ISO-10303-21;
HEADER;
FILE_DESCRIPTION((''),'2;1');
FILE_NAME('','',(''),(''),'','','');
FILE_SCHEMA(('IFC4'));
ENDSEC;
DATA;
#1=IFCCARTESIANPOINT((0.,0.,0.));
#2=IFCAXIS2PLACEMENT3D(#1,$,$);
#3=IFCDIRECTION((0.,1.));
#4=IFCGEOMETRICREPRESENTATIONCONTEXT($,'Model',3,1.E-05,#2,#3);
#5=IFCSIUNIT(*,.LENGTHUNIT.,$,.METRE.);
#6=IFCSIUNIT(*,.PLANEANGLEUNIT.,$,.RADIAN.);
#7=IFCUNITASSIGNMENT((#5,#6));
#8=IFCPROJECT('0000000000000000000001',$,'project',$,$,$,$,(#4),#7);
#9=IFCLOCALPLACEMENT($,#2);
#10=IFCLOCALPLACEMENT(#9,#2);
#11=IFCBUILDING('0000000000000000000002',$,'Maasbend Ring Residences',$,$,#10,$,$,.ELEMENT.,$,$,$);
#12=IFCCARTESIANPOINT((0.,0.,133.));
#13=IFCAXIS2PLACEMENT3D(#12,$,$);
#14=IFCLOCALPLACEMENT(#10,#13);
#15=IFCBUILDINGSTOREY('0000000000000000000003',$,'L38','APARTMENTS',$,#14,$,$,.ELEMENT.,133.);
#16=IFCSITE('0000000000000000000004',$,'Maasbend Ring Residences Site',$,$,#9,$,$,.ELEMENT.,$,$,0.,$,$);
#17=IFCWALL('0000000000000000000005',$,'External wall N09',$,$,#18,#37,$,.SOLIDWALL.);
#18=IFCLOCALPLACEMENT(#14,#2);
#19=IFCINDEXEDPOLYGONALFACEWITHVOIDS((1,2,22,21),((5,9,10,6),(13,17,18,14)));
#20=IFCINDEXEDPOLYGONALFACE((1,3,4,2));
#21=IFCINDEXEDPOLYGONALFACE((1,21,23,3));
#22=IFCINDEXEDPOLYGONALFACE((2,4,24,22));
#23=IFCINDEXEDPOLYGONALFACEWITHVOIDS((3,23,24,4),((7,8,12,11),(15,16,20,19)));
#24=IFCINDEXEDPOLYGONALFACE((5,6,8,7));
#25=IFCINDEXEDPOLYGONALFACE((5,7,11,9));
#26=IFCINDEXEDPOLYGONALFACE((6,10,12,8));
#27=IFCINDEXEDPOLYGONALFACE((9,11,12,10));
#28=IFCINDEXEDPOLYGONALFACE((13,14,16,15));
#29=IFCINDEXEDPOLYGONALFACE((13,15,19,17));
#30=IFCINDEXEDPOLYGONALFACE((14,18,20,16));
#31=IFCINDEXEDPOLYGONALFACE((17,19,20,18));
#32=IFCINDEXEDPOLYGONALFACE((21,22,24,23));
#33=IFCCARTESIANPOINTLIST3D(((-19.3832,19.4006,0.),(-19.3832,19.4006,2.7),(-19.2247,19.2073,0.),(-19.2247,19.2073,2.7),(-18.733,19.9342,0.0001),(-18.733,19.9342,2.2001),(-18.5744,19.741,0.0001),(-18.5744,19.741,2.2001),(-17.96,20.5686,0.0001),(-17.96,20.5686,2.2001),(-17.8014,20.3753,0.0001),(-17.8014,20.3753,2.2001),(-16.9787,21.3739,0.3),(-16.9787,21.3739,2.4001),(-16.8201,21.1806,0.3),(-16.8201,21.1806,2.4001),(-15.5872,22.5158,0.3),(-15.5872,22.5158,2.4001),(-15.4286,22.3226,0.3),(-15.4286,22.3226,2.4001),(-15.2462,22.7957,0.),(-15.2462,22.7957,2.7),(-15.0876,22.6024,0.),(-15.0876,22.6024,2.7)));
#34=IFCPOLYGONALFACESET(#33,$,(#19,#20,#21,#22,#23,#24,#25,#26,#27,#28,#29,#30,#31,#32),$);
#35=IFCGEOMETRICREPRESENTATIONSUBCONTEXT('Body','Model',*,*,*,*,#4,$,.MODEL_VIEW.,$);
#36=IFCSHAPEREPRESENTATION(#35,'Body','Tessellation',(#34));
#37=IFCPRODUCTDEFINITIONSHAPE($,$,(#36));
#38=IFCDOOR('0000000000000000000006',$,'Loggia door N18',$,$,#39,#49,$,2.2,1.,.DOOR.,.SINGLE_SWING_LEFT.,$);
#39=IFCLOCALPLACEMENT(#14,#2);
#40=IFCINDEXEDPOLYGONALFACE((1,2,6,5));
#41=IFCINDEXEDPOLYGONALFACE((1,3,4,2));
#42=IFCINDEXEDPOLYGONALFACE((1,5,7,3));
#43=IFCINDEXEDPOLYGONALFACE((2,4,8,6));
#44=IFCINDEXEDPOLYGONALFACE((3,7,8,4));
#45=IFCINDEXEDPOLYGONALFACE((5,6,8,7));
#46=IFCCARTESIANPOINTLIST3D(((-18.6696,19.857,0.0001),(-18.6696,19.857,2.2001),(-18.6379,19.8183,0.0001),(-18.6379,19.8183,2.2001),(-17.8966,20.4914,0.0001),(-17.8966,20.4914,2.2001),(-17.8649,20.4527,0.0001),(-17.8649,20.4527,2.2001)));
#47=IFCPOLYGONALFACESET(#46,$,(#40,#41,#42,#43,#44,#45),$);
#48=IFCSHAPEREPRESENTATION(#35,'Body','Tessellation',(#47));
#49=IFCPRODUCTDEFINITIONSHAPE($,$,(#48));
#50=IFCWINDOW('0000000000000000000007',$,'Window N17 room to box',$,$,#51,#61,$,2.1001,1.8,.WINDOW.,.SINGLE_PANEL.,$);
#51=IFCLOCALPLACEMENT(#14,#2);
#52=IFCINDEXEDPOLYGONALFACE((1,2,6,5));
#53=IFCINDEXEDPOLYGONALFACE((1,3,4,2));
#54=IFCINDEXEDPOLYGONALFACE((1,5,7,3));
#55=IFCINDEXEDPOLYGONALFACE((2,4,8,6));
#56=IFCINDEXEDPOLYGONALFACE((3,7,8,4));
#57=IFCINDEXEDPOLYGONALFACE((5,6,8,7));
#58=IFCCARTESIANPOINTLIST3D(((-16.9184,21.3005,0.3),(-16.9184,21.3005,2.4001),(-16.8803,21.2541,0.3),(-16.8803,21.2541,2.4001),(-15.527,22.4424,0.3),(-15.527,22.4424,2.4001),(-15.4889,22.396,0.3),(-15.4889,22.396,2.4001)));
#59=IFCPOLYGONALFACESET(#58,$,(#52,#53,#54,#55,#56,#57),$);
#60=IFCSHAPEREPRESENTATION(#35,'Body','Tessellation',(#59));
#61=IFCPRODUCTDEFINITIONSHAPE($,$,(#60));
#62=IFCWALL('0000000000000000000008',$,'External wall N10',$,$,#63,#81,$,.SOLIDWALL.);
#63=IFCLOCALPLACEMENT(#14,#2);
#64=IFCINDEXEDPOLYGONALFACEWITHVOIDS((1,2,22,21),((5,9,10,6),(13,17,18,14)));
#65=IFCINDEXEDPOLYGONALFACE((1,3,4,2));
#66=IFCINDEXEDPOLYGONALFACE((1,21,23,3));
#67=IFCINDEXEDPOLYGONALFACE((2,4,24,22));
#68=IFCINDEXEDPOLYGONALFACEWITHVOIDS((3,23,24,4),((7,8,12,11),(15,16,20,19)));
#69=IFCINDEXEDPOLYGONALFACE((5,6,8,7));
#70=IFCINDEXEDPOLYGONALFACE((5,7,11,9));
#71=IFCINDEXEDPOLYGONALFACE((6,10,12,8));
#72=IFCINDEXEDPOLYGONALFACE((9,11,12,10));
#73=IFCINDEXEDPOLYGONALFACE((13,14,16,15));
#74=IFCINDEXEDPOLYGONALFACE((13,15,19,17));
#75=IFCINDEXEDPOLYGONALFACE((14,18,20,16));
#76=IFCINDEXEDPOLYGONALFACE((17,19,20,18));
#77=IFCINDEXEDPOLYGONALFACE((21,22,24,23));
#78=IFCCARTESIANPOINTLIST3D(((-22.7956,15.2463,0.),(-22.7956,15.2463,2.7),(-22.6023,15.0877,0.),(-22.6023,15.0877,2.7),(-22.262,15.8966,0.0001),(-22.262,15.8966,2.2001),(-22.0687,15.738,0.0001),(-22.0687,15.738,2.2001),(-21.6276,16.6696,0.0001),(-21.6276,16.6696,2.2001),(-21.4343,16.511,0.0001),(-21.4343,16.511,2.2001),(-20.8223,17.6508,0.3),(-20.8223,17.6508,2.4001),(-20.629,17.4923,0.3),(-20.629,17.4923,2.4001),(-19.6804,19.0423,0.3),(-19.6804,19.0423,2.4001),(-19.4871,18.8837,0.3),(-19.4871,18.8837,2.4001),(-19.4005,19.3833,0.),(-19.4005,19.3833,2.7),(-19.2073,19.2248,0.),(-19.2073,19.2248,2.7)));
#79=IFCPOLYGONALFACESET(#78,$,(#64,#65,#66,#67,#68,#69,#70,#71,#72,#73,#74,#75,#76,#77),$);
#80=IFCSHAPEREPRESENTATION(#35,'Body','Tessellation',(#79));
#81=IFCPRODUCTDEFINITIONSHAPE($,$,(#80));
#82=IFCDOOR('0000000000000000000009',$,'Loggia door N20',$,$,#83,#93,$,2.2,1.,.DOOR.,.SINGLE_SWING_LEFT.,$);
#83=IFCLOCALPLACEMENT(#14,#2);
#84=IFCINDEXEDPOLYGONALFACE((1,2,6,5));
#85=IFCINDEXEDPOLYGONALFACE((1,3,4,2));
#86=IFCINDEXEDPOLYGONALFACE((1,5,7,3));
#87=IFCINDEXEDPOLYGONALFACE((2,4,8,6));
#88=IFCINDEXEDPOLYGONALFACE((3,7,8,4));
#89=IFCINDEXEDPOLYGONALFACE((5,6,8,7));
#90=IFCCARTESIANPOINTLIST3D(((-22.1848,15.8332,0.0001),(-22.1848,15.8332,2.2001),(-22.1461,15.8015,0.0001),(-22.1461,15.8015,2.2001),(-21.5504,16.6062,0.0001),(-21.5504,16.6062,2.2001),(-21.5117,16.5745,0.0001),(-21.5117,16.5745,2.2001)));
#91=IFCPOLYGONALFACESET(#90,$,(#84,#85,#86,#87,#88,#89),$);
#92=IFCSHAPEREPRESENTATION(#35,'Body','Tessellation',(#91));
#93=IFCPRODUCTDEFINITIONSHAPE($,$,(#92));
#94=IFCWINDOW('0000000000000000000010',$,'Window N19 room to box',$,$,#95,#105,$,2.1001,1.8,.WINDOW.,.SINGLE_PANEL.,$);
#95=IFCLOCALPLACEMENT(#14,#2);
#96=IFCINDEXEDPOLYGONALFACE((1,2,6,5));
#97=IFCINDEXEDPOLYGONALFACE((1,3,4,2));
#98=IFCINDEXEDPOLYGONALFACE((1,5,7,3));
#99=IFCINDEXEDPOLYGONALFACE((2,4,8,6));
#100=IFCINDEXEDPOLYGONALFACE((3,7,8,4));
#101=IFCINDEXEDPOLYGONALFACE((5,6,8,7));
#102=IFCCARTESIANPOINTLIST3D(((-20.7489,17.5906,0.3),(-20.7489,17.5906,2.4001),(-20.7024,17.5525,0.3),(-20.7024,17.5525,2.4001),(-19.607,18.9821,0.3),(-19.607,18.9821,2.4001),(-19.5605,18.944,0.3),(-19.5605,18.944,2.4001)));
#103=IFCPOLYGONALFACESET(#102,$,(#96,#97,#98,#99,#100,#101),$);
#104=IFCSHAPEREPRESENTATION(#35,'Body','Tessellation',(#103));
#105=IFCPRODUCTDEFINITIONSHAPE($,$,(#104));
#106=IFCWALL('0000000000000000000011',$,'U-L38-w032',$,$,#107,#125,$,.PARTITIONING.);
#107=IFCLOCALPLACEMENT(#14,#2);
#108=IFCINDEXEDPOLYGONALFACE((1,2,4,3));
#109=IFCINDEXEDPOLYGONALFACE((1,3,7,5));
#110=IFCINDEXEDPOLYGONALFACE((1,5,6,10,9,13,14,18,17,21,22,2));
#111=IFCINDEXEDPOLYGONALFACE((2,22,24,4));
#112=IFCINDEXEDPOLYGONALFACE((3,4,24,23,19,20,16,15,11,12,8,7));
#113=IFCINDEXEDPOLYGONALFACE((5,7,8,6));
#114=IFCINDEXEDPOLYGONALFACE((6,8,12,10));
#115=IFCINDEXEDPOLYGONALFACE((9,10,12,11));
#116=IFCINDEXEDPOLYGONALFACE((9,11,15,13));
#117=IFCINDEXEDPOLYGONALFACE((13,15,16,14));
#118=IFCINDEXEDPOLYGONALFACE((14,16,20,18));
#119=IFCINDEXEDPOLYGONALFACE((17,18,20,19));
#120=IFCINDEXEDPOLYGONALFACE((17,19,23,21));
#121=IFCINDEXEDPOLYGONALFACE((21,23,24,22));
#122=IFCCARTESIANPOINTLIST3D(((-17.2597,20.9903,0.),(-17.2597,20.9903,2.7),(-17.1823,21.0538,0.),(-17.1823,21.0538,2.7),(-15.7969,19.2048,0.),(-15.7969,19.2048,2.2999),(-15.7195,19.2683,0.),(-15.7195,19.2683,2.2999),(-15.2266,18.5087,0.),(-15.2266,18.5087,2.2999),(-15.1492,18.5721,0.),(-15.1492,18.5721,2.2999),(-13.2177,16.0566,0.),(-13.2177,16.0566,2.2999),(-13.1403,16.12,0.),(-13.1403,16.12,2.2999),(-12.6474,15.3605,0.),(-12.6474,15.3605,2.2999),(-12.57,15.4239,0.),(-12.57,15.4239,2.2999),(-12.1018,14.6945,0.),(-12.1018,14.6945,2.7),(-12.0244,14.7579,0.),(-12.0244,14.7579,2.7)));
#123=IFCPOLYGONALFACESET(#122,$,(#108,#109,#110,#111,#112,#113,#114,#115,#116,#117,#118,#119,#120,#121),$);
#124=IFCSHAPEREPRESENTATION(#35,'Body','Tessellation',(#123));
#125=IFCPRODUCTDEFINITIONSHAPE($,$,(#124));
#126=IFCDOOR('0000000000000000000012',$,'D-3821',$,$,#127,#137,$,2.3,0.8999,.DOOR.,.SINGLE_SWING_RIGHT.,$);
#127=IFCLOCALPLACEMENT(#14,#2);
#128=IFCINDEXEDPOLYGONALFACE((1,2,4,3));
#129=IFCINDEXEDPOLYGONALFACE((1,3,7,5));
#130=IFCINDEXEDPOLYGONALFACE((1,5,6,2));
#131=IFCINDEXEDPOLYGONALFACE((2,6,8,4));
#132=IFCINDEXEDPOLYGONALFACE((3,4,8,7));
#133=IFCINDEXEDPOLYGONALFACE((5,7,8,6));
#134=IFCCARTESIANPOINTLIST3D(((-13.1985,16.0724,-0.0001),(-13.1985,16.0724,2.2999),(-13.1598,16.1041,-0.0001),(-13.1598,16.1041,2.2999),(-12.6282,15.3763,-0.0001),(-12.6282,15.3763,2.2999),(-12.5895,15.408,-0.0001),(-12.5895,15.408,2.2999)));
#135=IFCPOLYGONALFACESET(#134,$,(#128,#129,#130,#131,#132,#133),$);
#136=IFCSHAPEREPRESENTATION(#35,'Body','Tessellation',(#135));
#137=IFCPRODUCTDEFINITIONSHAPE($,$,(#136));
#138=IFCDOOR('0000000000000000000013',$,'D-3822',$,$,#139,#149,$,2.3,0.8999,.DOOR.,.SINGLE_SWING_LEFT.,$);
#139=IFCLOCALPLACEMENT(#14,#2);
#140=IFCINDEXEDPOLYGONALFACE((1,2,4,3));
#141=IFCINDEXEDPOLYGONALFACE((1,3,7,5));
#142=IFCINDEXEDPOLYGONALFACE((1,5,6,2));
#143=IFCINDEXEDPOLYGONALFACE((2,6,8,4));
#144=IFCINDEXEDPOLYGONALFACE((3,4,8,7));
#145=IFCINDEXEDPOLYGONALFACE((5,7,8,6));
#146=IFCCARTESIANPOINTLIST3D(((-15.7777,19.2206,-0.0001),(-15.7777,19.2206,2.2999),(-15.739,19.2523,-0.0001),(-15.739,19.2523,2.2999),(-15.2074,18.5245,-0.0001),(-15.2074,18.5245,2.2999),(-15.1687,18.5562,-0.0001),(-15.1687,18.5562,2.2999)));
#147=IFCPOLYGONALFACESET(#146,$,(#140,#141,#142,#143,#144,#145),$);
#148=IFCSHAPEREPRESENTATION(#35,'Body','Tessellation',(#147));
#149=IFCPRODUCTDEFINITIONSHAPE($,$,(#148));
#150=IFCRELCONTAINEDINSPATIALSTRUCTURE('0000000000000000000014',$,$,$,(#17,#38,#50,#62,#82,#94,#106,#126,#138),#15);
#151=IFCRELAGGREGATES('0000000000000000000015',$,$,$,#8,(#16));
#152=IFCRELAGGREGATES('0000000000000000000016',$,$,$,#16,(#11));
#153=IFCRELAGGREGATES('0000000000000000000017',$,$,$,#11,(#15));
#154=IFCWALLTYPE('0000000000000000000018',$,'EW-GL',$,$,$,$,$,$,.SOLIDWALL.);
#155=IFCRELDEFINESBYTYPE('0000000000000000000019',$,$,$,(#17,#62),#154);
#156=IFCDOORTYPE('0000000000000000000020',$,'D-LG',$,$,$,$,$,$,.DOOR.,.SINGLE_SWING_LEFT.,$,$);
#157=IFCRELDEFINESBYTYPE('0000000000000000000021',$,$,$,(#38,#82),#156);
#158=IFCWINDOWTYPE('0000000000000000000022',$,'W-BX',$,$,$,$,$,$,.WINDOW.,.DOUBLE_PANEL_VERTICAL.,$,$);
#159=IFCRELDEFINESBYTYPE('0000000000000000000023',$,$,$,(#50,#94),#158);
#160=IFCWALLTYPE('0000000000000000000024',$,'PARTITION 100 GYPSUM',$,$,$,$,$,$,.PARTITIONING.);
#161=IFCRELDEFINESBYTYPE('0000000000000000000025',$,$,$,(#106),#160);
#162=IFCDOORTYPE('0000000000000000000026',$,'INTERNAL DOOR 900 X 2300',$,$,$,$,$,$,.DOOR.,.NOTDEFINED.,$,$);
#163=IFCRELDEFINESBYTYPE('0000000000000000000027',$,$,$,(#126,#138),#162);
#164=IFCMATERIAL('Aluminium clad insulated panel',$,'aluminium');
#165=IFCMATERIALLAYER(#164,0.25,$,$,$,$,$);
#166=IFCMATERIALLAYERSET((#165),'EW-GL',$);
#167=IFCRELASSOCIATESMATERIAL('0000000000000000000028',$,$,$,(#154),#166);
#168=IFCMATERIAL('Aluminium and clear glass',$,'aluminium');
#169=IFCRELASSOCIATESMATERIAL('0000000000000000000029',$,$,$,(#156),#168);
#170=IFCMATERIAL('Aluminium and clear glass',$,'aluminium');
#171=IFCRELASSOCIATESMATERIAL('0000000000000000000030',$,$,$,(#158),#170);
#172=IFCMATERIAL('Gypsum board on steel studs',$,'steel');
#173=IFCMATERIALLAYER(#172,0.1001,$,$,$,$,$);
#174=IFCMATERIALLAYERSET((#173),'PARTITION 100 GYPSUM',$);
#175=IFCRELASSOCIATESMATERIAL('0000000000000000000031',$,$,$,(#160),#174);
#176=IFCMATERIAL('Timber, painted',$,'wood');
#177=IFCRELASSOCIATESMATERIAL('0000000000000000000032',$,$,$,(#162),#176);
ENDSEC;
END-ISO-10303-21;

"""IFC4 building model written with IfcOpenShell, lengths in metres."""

from ifc_helpers import new_model, si_unit, direction, frame, frame_2d, origin, place, context, subcontext, project, spatial, rectangle, extrude, material, layer, layer_set, type_object, element, fill, save


model = new_model("IFC4")

# Units and contexts
model_context = context("Model", 3, precision=1e-05, world=origin(), true_north=direction((0.0, 1.0)))
body_context = subcontext(model_context, "Body", "Model", "MODEL_VIEW")
ifc_project = project(units=[si_unit("LENGTHUNIT", "METRE"), si_unit("PLANEANGLEUNIT", "RADIAN")], contexts=[model_context])

# Site, building, storey
site_placement = place(None, origin())
site = spatial("IfcSite", under=ifc_project, at=site_placement, Name="Maasbend Ring Residences Site", CompositionType="ELEMENT", RefElevation=0.0)
building_placement = place(site_placement, origin())
building = spatial("IfcBuilding", under=site, at=building_placement, Name="Maasbend Ring Residences", CompositionType="ELEMENT")
storey_placement = place(building_placement, frame((0.0, 0.0, 133.0)))
storey = spatial("IfcBuildingStorey", under=building, at=storey_placement, Name="L38", Description="APARTMENTS", CompositionType="ELEMENT", Elevation=133.0)

# Walls, openings, doors, windows
ifc_material_1 = material(Name="Aluminium clad insulated panel", Category="aluminium")
ifc_layer_1 = layer(ifc_material_1, 0.25)
ifc_layer_set_1 = layer_set([ifc_layer_1], Name="EW-GL")
wall_type_1 = type_object("IfcWallType", Name="EW-GL", PredefinedType="SOLIDWALL", material=ifc_layer_set_1)
wall_1_placement = place(storey_placement, frame((-15.167, 22.699, 0.0), z_axis=(0.0, 0.0, 1.0), x_axis=(-0.773019, -0.634382, 0.0)))
wall_1 = element("IfcWall", 1, at=wall_1_placement, inside=storey, type_object=wall_type_1, Name="External wall N09", PredefinedType="SOLIDWALL", context=body_context, shape_type="SweptSolid", body=[
    extrude(rectangle(XDim=5.3518, YDim=0.25, at=frame_2d((2.6758, 0.0))), origin(), (0.0, 0.0, 1.0), 2.7),
])
opening_1_placement = place(wall_1_placement, frame((0.4412, 0.0, 0.3)))
opening_1 = element("IfcOpeningElement", 2, at=opening_1_placement, cuts=wall_1, PredefinedType="OPENING", context=body_context, shape_type="SweptSolid", body=[
    extrude(rectangle(XDim=1.8, YDim=2.1001, at=frame_2d((0.8999, 1.05))), frame((0.0, 0.135, 0.0), z_axis=(0.0, -1.0, 0.0), x_axis=(1.0, 0.0, 0.0)), (0.0, 0.0, 1.0), 0.27),
])
opening_2_placement = place(wall_1_placement, frame((3.5105, 0.0, 0.0)))
opening_2 = element("IfcOpeningElement", 3, at=opening_2_placement, cuts=wall_1, PredefinedType="OPENING", context=body_context, shape_type="SweptSolid", body=[
    extrude(rectangle(XDim=1.0, YDim=2.2, at=frame_2d((0.5, 1.1001))), frame((0.0, 0.135, 0.0), z_axis=(0.0, -1.0, 0.0), x_axis=(1.0, 0.0, 0.0)), (0.0, 0.0, 1.0), 0.27),
])
ifc_material_2 = material(Name="Aluminium and clear glass", Category="aluminium")
door_type_1 = type_object("IfcDoorType", Name="D-LG", OperationType="SINGLE_SWING_LEFT", PredefinedType="DOOR", material=ifc_material_2)
door_1_placement = place(opening_2_placement, origin())
door_1 = element("IfcDoor", 4, at=door_1_placement, inside=storey, type_object=door_type_1, Name="Loggia door N18", OperationType="SINGLE_SWING_LEFT", OverallHeight=2.2, OverallWidth=1.0, PredefinedType="DOOR", context=body_context, shape_type="SweptSolid", body=[
    extrude(rectangle(XDim=1.0, YDim=2.2, at=frame_2d((0.5, 1.1001))), frame((0.0, 0.0249, 0.0), z_axis=(0.0, -1.0, 0.0), x_axis=(1.0, 0.0, 0.0)), (0.0, 0.0, 1.0), 0.05),
])
fill(opening_2, door_1)
ifc_material_3 = material(Name="Aluminium and clear glass", Category="aluminium")
window_type_1 = type_object("IfcWindowType", Name="W-BX", PartitioningType="DOUBLE_PANEL_VERTICAL", PredefinedType="WINDOW", material=ifc_material_3)
window_1_placement = place(opening_1_placement, origin())
window_1 = element("IfcWindow", 5, at=window_1_placement, inside=storey, type_object=window_type_1, Name="Window N17 room to box", OverallHeight=2.1001, OverallWidth=1.8, PartitioningType="SINGLE_PANEL", PredefinedType="WINDOW", context=body_context, shape_type="SweptSolid", body=[
    extrude(rectangle(XDim=1.8, YDim=2.1001, at=frame_2d((0.8999, 1.05))), frame((0.0, 0.03, 0.0), z_axis=(0.0, -1.0, 0.0), x_axis=(1.0, 0.0, 0.0)), (0.0, 0.0, 1.0), 0.0601),
])
fill(opening_1, window_1)
wall_2_placement = place(storey_placement, frame((-19.304, 19.304, 0.0), z_axis=(0.0, 0.0, 1.0), x_axis=(-0.634382, -0.773019, 0.0)))
wall_2 = element("IfcWall", 6, at=wall_2_placement, inside=storey, type_object=wall_type_1, Name="External wall N10", PredefinedType="SOLIDWALL", context=body_context, shape_type="SweptSolid", body=[
    extrude(rectangle(XDim=5.3518, YDim=0.25, at=frame_2d((2.6758, 0.0))), origin(), (0.0, 0.0, 1.0), 2.7),
])
opening_3_placement = place(wall_2_placement, frame((0.4412, 0.0, 0.3)))
opening_3 = element("IfcOpeningElement", 7, at=opening_3_placement, cuts=wall_2, PredefinedType="OPENING", context=body_context, shape_type="SweptSolid", body=[
    extrude(rectangle(XDim=1.8, YDim=2.1001, at=frame_2d((0.8999, 1.05))), frame((0.0, 0.135, 0.0), z_axis=(0.0, -1.0, 0.0), x_axis=(1.0, 0.0, 0.0)), (0.0, 0.0, 1.0), 0.27),
])
opening_4_placement = place(wall_2_placement, frame((3.5105, 0.0, 0.0)))
opening_4 = element("IfcOpeningElement", 8, at=opening_4_placement, cuts=wall_2, PredefinedType="OPENING", context=body_context, shape_type="SweptSolid", body=[
    extrude(rectangle(XDim=1.0, YDim=2.2, at=frame_2d((0.5, 1.1001))), frame((0.0, 0.135, 0.0), z_axis=(0.0, -1.0, 0.0), x_axis=(1.0, 0.0, 0.0)), (0.0, 0.0, 1.0), 0.27),
])
door_2_placement = place(opening_4_placement, origin())
door_2 = element("IfcDoor", 9, at=door_2_placement, inside=storey, type_object=door_type_1, Name="Loggia door N20", OperationType="SINGLE_SWING_LEFT", OverallHeight=2.2, OverallWidth=1.0, PredefinedType="DOOR", context=body_context, shape_type="SweptSolid", body=[
    extrude(rectangle(XDim=1.0, YDim=2.2, at=frame_2d((0.5, 1.1001))), frame((0.0, 0.0249, 0.0), z_axis=(0.0, -1.0, 0.0), x_axis=(1.0, 0.0, 0.0)), (0.0, 0.0, 1.0), 0.05),
])
fill(opening_4, door_2)
window_2_placement = place(opening_3_placement, origin())
window_2 = element("IfcWindow", 10, at=window_2_placement, inside=storey, type_object=window_type_1, Name="Window N19 room to box", OverallHeight=2.1001, OverallWidth=1.8, PartitioningType="SINGLE_PANEL", PredefinedType="WINDOW", context=body_context, shape_type="SweptSolid", body=[
    extrude(rectangle(XDim=1.8, YDim=2.1001, at=frame_2d((0.8999, 1.05))), frame((0.0, 0.03, 0.0), z_axis=(0.0, -1.0, 0.0), x_axis=(1.0, 0.0, 0.0)), (0.0, 0.0, 1.0), 0.0601),
])
fill(opening_3, window_2)

# Wall, openings, doors
ifc_material_4 = material(Name="Gypsum board on steel studs", Category="steel")
ifc_layer_2 = layer(ifc_material_4, 0.1001)
ifc_layer_set_2 = layer_set([ifc_layer_2], Name="PARTITION 100 GYPSUM")
wall_type_2 = type_object("IfcWallType", Name="PARTITION 100 GYPSUM", PredefinedType="PARTITIONING", material=ifc_layer_set_2)
wall_3_placement = place(storey_placement, frame((-17.2209, 21.022, 0.0), z_axis=(0.0, 0.0, 1.0), x_axis=(0.633736, -0.77355, 0.0)))
wall_3 = element("IfcWall", 11, at=wall_3_placement, inside=storey, type_object=wall_type_2, Name="U-L38-w032", PredefinedType="PARTITIONING", context=body_context, shape_type="SweptSolid", body=[
    extrude(rectangle(XDim=8.1389, YDim=0.1001, at=frame_2d((4.0693, 0.0))), origin(), (0.0, 0.0, 1.0), 2.7),
])
opening_5_placement = place(wall_3_placement, frame((6.3779, 0.0, 0.0)))
opening_5 = element("IfcOpeningElement", 12, at=opening_5_placement, cuts=wall_3, PredefinedType="OPENING", context=body_context, shape_type="SweptSolid", body=[
    extrude(rectangle(XDim=0.8999, YDim=2.3, at=frame_2d((0.45, 1.1499))), frame((0.0, 0.0601, 0.0), z_axis=(0.0, -1.0, 0.0), x_axis=(1.0, 0.0, 0.0)), (0.0, 0.0, 1.0), 0.1201),
])
opening_6_placement = place(wall_3_placement, frame((2.3081, 0.0, 0.0)))
opening_6 = element("IfcOpeningElement", 13, at=opening_6_placement, cuts=wall_3, PredefinedType="OPENING", context=body_context, shape_type="SweptSolid", body=[
    extrude(rectangle(XDim=0.8999, YDim=2.3, at=frame_2d((0.45, 1.1499))), frame((0.0, 0.0601, 0.0), z_axis=(0.0, -1.0, 0.0), x_axis=(1.0, 0.0, 0.0)), (0.0, 0.0, 1.0), 0.1201),
])
ifc_material_5 = material(Name="Timber, painted", Category="wood")
door_type_2 = type_object("IfcDoorType", Name="INTERNAL DOOR 900 X 2300", OperationType="NOTDEFINED", PredefinedType="DOOR", material=ifc_material_5)
door_3_placement = place(opening_5_placement, origin())
door_3 = element("IfcDoor", 14, at=door_3_placement, inside=storey, type_object=door_type_2, Name="D-3821", OperationType="SINGLE_SWING_RIGHT", OverallHeight=2.3, OverallWidth=0.8999, PredefinedType="DOOR", context=body_context, shape_type="SweptSolid", body=[
    extrude(rectangle(XDim=0.8999, YDim=2.3, at=frame_2d((0.45, 1.1499))), frame((0.0, 0.0249, 0.0), z_axis=(0.0, -1.0, 0.0), x_axis=(1.0, 0.0, 0.0)), (0.0, 0.0, 1.0), 0.05),
])
fill(opening_5, door_3)
door_4_placement = place(opening_6_placement, origin())
door_4 = element("IfcDoor", 15, at=door_4_placement, inside=storey, type_object=door_type_2, Name="D-3822", OperationType="SINGLE_SWING_LEFT", OverallHeight=2.3, OverallWidth=0.8999, PredefinedType="DOOR", context=body_context, shape_type="SweptSolid", body=[
    extrude(rectangle(XDim=0.8999, YDim=2.3, at=frame_2d((0.45, 1.1499))), frame((0.0, 0.0249, 0.0), z_axis=(0.0, -1.0, 0.0), x_axis=(1.0, 0.0, 0.0)), (0.0, 0.0, 1.0), 0.05),
])
fill(opening_6, door_4)

save(model, "model.ifc")
